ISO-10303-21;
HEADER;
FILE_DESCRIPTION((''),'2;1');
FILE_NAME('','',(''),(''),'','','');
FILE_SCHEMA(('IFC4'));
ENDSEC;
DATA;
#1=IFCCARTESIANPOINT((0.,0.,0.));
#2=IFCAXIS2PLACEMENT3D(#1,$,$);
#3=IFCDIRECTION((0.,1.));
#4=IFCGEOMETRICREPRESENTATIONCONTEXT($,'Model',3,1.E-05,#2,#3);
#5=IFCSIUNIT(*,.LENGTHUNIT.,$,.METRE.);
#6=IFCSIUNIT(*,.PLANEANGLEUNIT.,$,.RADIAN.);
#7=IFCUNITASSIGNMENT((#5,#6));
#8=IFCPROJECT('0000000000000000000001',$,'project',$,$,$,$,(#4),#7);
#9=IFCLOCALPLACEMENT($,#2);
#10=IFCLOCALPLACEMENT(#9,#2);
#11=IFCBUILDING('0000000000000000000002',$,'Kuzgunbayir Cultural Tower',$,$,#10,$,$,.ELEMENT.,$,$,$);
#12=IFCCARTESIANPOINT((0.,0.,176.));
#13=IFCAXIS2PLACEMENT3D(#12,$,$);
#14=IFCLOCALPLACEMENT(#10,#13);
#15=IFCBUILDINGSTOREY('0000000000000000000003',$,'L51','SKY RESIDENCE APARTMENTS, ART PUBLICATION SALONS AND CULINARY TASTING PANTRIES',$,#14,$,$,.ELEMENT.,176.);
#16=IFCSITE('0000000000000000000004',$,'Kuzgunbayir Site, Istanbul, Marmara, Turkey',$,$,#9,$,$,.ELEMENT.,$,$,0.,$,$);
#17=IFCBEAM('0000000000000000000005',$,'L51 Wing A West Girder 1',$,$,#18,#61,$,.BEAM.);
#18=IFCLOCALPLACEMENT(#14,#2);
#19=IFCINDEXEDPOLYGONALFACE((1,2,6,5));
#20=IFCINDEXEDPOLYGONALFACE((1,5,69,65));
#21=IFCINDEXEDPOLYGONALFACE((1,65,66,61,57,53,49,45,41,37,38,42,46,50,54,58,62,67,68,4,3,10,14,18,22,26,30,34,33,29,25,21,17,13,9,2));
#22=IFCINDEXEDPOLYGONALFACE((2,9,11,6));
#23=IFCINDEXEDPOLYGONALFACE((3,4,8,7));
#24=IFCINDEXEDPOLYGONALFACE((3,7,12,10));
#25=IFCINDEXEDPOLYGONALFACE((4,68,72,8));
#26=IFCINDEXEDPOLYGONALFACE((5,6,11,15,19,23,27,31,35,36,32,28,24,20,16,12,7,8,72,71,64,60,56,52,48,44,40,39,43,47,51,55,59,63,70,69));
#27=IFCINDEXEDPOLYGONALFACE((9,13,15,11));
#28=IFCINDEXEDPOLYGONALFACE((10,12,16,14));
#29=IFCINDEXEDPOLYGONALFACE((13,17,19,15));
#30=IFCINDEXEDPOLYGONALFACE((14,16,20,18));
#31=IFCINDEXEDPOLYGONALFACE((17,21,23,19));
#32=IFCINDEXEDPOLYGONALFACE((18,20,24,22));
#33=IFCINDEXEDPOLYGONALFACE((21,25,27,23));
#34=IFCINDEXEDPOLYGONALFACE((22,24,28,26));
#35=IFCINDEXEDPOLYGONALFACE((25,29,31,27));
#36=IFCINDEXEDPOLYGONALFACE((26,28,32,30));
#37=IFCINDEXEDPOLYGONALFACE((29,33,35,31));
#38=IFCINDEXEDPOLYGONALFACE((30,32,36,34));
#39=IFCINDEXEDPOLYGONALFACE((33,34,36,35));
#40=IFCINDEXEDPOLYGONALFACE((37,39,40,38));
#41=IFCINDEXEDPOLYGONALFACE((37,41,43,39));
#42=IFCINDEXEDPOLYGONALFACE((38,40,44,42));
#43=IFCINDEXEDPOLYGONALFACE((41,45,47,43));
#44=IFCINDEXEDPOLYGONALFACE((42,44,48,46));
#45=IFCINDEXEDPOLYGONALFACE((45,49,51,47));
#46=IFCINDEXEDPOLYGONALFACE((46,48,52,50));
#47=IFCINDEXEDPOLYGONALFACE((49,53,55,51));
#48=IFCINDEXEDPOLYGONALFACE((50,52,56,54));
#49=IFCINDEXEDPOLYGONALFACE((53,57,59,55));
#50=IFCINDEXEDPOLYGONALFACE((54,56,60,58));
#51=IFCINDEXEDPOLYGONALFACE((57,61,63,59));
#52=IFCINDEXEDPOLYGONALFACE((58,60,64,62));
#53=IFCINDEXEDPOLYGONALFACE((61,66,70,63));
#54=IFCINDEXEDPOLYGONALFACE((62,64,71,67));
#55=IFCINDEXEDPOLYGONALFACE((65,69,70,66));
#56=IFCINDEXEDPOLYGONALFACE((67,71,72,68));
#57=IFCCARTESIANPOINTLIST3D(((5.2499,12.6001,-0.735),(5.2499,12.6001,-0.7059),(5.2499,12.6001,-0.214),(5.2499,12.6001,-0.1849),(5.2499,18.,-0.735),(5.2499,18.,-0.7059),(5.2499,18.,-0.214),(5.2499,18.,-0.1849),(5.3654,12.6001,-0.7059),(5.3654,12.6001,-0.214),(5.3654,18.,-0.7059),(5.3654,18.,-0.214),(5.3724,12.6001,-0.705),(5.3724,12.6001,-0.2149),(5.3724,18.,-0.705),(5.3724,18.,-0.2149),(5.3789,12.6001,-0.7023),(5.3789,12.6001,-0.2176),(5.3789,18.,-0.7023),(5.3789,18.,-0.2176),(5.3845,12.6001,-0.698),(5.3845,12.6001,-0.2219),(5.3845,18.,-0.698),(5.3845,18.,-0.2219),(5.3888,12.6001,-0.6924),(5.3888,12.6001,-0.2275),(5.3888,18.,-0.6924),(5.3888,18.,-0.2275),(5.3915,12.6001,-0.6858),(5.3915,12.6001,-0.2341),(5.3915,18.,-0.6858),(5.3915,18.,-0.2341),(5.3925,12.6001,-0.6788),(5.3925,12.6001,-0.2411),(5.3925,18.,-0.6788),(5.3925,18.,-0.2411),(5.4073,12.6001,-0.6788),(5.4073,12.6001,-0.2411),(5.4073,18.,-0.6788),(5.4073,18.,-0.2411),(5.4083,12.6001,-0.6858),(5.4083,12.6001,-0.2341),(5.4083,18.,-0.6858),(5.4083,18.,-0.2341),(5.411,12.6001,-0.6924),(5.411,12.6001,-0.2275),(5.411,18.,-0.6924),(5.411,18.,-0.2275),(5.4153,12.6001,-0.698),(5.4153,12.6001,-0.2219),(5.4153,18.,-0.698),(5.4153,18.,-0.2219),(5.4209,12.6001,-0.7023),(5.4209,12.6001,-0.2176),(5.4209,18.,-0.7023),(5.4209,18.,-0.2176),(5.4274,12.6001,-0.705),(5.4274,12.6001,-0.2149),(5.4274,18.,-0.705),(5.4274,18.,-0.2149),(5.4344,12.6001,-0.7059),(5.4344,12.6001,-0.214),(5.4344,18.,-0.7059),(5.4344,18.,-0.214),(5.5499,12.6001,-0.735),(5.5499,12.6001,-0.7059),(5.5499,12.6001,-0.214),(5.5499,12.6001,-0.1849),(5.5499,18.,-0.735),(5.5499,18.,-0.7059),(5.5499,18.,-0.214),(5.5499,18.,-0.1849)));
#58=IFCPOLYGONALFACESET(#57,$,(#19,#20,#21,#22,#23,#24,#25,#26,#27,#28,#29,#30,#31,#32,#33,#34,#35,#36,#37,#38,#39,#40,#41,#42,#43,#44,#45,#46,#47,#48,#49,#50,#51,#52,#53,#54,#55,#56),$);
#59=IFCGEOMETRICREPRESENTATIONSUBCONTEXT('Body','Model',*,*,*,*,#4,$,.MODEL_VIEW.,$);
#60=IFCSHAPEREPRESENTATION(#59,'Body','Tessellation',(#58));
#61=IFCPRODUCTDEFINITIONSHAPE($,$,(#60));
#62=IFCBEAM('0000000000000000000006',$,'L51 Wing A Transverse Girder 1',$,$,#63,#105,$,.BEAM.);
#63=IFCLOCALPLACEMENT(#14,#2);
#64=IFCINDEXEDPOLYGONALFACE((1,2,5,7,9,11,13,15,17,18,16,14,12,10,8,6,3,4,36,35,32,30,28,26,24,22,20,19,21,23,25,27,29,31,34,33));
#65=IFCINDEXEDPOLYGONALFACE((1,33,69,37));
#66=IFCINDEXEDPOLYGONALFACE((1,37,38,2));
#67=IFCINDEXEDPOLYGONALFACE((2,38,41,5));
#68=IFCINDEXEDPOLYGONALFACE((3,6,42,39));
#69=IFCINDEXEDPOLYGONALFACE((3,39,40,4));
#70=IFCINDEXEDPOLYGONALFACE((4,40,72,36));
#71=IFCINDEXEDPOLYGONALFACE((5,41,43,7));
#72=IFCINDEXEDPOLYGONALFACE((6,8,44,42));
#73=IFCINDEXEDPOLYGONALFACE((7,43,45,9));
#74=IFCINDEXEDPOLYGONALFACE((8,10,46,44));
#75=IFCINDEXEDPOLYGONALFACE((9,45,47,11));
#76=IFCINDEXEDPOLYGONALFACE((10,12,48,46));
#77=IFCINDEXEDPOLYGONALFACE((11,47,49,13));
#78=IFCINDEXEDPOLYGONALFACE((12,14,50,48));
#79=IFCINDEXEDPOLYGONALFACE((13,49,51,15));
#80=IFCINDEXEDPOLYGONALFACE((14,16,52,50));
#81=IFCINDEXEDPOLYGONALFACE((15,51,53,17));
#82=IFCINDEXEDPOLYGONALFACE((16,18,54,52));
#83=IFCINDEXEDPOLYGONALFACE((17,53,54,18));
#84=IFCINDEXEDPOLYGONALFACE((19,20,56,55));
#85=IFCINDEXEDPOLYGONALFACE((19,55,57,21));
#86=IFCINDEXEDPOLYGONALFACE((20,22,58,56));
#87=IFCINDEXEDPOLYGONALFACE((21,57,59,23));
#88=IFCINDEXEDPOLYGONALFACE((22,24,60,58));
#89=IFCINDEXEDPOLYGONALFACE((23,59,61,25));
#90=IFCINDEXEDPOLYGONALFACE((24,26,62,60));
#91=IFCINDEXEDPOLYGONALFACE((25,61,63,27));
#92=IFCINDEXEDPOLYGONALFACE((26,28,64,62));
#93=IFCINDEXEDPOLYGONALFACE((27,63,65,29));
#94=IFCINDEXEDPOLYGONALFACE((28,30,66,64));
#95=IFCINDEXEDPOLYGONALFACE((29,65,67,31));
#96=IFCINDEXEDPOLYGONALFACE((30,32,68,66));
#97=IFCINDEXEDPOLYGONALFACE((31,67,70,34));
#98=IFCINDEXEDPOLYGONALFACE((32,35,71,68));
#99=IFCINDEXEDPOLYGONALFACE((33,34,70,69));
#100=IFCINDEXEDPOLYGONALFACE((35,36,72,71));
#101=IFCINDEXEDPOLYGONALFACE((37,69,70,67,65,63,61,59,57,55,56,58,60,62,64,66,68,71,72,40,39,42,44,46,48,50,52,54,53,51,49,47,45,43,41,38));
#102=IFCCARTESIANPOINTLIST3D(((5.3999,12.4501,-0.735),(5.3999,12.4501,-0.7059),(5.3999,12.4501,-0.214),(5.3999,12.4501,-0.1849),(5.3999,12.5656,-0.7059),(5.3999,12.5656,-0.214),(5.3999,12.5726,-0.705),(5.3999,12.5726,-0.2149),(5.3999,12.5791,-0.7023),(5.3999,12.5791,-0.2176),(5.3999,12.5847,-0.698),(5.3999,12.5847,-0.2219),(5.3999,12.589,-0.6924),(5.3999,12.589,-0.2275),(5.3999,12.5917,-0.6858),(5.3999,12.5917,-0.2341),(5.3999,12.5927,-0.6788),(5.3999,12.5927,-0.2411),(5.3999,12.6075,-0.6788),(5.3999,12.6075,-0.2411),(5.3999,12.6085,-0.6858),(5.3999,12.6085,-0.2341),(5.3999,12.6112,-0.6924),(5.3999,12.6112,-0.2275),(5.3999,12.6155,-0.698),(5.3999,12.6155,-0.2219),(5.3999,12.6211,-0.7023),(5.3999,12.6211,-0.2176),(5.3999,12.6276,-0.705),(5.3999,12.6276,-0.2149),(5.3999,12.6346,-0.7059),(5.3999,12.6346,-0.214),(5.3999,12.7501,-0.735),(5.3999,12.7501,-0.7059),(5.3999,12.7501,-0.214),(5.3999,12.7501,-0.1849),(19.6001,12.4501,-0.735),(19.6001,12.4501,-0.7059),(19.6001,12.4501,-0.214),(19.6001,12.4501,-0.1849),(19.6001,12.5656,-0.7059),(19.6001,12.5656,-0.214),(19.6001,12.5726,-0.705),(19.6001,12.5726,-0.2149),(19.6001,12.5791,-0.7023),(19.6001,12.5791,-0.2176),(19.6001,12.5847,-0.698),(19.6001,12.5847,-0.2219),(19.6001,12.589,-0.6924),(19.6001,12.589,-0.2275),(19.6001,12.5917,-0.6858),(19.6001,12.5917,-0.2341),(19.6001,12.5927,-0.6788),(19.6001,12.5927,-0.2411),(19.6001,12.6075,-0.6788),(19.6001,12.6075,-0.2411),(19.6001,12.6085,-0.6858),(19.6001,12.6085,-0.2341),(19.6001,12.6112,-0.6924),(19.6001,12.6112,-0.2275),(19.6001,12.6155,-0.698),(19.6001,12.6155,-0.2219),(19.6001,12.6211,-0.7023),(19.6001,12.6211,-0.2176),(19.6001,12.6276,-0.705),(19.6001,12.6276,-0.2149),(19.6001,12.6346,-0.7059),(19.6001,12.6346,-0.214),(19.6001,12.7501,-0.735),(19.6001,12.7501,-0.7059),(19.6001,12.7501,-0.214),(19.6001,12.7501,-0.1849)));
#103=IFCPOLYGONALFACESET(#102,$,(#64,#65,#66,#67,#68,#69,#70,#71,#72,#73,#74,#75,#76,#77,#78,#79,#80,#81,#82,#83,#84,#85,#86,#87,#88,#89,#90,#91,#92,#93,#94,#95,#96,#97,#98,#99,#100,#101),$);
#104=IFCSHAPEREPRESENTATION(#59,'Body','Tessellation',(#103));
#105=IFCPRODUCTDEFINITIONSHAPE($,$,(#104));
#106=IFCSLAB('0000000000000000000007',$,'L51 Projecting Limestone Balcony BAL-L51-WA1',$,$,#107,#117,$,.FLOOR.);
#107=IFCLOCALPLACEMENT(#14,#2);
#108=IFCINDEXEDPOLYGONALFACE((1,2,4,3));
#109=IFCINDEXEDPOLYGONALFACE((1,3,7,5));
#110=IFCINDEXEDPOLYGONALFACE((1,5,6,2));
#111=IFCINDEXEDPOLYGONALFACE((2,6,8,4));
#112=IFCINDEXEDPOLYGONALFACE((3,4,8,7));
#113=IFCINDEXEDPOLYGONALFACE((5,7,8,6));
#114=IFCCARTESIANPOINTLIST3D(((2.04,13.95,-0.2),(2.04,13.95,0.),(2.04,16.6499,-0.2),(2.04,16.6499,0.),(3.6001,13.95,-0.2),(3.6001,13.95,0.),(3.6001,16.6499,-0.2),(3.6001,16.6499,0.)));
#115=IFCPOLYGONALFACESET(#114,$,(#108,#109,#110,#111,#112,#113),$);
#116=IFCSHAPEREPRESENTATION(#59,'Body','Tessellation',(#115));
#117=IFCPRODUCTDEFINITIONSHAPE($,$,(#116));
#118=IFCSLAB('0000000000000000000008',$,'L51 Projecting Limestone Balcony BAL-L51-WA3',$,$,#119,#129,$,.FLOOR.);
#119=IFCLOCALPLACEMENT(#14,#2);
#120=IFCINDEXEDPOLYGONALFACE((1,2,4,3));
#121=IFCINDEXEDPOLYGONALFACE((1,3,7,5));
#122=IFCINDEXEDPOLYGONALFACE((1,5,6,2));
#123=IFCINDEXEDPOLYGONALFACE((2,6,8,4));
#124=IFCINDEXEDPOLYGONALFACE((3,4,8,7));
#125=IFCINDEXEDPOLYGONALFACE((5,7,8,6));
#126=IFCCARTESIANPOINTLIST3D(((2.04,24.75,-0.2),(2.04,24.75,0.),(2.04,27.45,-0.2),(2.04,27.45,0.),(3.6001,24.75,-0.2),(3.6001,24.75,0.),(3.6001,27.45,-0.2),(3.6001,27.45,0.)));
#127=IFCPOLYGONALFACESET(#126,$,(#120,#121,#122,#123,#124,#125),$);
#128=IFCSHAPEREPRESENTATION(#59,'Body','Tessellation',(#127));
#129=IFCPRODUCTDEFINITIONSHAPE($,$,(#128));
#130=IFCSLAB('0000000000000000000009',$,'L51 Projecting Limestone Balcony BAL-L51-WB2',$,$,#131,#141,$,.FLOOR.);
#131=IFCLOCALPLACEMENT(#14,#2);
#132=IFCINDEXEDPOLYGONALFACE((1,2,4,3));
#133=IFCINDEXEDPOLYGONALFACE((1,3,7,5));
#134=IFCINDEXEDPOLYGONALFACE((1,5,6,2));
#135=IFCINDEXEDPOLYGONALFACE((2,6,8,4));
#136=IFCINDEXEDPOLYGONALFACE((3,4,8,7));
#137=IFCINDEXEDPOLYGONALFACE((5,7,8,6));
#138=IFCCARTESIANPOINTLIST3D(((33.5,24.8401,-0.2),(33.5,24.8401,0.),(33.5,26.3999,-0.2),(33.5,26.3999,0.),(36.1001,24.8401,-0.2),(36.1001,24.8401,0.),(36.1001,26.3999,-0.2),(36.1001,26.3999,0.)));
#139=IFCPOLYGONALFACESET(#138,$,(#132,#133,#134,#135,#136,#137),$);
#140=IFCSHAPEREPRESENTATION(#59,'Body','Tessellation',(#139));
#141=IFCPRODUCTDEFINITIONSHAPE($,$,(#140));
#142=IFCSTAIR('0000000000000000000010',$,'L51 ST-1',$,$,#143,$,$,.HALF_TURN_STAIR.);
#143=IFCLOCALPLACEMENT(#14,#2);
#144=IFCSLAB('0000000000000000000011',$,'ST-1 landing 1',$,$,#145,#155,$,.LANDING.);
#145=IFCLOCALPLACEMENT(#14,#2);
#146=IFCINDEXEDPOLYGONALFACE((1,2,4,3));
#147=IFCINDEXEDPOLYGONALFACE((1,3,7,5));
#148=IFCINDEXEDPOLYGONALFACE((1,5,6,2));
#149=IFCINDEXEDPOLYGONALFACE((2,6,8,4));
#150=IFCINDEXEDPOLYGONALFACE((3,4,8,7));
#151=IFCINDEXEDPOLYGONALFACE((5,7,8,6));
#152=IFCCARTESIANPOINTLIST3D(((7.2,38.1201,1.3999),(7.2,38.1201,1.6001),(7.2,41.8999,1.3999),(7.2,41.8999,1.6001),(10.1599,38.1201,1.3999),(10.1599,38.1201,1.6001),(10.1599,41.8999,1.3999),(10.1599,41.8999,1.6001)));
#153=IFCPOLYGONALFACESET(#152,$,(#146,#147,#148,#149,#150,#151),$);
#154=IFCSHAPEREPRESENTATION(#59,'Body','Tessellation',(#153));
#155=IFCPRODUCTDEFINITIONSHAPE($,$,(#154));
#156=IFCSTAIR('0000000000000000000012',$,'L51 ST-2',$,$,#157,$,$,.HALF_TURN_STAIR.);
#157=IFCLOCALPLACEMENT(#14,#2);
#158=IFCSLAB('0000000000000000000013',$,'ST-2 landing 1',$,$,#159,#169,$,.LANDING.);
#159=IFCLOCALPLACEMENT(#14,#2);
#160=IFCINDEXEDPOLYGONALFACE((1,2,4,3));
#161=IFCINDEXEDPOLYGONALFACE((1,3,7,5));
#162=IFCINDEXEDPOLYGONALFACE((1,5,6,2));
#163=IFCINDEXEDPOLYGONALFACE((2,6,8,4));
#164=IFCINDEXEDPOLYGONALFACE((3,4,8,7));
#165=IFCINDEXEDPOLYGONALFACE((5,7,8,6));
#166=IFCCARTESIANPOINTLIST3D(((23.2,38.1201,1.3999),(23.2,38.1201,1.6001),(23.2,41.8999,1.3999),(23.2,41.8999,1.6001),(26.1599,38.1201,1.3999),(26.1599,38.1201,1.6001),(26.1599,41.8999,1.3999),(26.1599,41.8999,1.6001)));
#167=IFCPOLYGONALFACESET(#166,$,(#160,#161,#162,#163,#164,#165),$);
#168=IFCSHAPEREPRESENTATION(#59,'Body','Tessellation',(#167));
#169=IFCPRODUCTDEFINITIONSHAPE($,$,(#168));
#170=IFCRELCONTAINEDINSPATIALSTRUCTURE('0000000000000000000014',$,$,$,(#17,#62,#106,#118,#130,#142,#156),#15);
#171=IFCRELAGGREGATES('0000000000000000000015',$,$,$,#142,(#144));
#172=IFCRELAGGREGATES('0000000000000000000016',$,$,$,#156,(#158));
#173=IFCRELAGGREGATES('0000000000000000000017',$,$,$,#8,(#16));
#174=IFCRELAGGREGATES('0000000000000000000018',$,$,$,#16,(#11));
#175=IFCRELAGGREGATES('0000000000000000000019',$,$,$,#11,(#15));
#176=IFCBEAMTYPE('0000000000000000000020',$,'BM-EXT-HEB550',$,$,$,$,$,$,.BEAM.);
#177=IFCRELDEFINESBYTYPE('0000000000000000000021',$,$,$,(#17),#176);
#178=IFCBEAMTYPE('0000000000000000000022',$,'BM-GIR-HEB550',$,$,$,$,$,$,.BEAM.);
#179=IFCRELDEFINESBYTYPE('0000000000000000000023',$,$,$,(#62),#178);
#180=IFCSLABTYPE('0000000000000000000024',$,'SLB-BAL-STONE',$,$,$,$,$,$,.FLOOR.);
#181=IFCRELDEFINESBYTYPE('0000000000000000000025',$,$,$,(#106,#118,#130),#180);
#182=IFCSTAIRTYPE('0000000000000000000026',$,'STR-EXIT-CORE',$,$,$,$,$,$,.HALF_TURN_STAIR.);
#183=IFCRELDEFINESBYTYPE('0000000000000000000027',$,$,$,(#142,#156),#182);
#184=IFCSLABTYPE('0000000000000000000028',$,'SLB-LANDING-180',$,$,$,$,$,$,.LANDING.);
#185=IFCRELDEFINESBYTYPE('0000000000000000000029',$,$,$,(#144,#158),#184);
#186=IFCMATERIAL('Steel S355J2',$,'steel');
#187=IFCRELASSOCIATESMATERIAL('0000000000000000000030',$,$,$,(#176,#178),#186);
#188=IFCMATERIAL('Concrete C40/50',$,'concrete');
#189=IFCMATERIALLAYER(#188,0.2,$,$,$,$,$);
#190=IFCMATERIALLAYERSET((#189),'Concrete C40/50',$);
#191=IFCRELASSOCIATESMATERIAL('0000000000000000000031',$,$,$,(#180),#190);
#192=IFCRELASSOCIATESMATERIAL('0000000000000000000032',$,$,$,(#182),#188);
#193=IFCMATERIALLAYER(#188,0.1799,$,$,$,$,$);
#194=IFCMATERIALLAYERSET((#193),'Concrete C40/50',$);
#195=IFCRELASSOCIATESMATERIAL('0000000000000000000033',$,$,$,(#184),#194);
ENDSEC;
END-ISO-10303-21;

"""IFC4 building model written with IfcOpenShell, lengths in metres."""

from ifc_helpers import new_model, si_unit, direction, frame, origin, origin_2d, place, context, subcontext, project, spatial, polyline, i_section, outline, extrude, material, layer, layer_set, material_profile, profile_set, type_object, element, aggregate, save


model = new_model("IFC4")

# Units and contexts
model_context = context("Model", 3, precision=1e-05, world=origin(), true_north=direction((0.0, 1.0)))
body_context = subcontext(model_context, "Body", "Model", "MODEL_VIEW")
ifc_project = project(units=[si_unit("LENGTHUNIT", "METRE"), si_unit("PLANEANGLEUNIT", "RADIAN")], contexts=[model_context])

# Site, building, storey
site_placement = place(None, origin())
site = spatial("IfcSite", under=ifc_project, at=site_placement, Name="Kuzgunbayir Site, Istanbul, Marmara, Turkey", CompositionType="ELEMENT", RefElevation=0.0)
building_placement = place(site_placement, origin())
building = spatial("IfcBuilding", under=site, at=building_placement, Name="Kuzgunbayir Cultural Tower", CompositionType="ELEMENT")
storey_placement = place(building_placement, frame((0.0, 0.0, 176.0)))
storey = spatial("IfcBuildingStorey", under=building, at=storey_placement, Name="L51", Description="SKY RESIDENCE APARTMENTS, ART PUBLICATION SALONS AND CULINARY TASTING PANTRIES", CompositionType="ELEMENT", Elevation=176.0)

# Beams
ifc_material_1 = material(Name="Steel S355J2", Category="steel")
ifc_material_profile_1 = material_profile(ifc_material_1, i_section(OverallWidth=0.3, OverallDepth=0.55, WebThickness=0.0149, FlangeThickness=0.0291, FilletRadius=0.0271, at=origin_2d()), Name="HEB 550")
ifc_profile_set_1 = profile_set([ifc_material_profile_1], Name="Steel S355J2")
beam_type_1 = type_object("IfcBeamType", Name="BM-EXT-HEB550", PredefinedType="BEAM", material=ifc_profile_set_1)
beam_1_placement = place(storey_placement, frame((5.3999, 12.6001, -0.46), z_axis=(0.0, 1.0, 0.0), x_axis=(-1.0, 0.0, 0.0)))
element("IfcBeam", 1, at=beam_1_placement, inside=storey, type_object=beam_type_1, Name="L51 Wing A West Girder 1", PredefinedType="BEAM", context=body_context, shape_type="SweptSolid", body=[
    extrude(i_section(OverallWidth=0.3, OverallDepth=0.55, WebThickness=0.0149, FlangeThickness=0.0291, FilletRadius=0.0271, at=origin_2d()), origin(), (0.0, 0.0, 1.0), 5.3999),
])
ifc_material_profile_2 = material_profile(ifc_material_1, i_section(OverallWidth=0.3, OverallDepth=0.55, WebThickness=0.0149, FlangeThickness=0.0291, FilletRadius=0.0271, at=origin_2d()), Name="HEB 550")
ifc_profile_set_2 = profile_set([ifc_material_profile_2], Name="Steel S355J2")
beam_type_2 = type_object("IfcBeamType", Name="BM-GIR-HEB550", PredefinedType="BEAM", material=ifc_profile_set_2)
beam_2_placement = place(storey_placement, frame((5.3999, 12.6001, -0.46), z_axis=(1.0, 0.0, 0.0), x_axis=(0.0, 1.0, 0.0)))
element("IfcBeam", 2, at=beam_2_placement, inside=storey, type_object=beam_type_2, Name="L51 Wing A Transverse Girder 1", PredefinedType="BEAM", context=body_context, shape_type="SweptSolid", body=[
    extrude(i_section(OverallWidth=0.3, OverallDepth=0.55, WebThickness=0.0149, FlangeThickness=0.0291, FilletRadius=0.0271, at=origin_2d()), origin(), (0.0, 0.0, 1.0), 14.2002),
])

# Slabs
ifc_material_2 = material(Name="Concrete C40/50", Category="concrete")
ifc_layer_1 = layer(ifc_material_2, 0.2)
ifc_layer_set_1 = layer_set([ifc_layer_1], Name="Concrete C40/50")
slab_type_1 = type_object("IfcSlabType", Name="SLB-BAL-STONE", PredefinedType="FLOOR", material=ifc_layer_set_1)
slab_1_placement = place(storey_placement, frame((0.0, 0.0, -0.2)))
element("IfcSlab", 3, at=slab_1_placement, inside=storey, type_object=slab_type_1, Name="L51 Projecting Limestone Balcony BAL-L51-WA1", PredefinedType="FLOOR", context=body_context, shape_type="SweptSolid", body=[
    extrude(outline(polyline([(2.04, 13.95), (3.6001, 13.95), (3.6001, 16.6499), (2.04, 16.6499), (2.04, 13.95)])), origin(), (0.0, 0.0, 1.0), 0.2),
])
slab_2_placement = place(storey_placement, frame((0.0, 0.0, -0.2)))
element("IfcSlab", 4, at=slab_2_placement, inside=storey, type_object=slab_type_1, Name="L51 Projecting Limestone Balcony BAL-L51-WA3", PredefinedType="FLOOR", context=body_context, shape_type="SweptSolid", body=[
    extrude(outline(polyline([(2.04, 24.75), (3.6001, 24.75), (3.6001, 27.45), (2.04, 27.45), (2.04, 24.75)])), origin(), (0.0, 0.0, 1.0), 0.2),
])
slab_3_placement = place(storey_placement, frame((0.0, 0.0, -0.2)))
element("IfcSlab", 5, at=slab_3_placement, inside=storey, type_object=slab_type_1, Name="L51 Projecting Limestone Balcony BAL-L51-WB2", PredefinedType="FLOOR", context=body_context, shape_type="SweptSolid", body=[
    extrude(outline(polyline([(33.5, 24.8401), (36.1001, 24.8401), (36.1001, 26.3999), (33.5, 26.3999), (33.5, 24.8401)])), origin(), (0.0, 0.0, 1.0), 0.2),
])

# Stairs, slabs
stair_type = type_object("IfcStairType", Name="STR-EXIT-CORE", PredefinedType="HALF_TURN_STAIR", material=ifc_material_2)
stair_1_placement = place(storey_placement, origin())
stair_1 = element("IfcStair", 6, at=stair_1_placement, inside=storey, type_object=stair_type, Name="L51 ST-1", PredefinedType="HALF_TURN_STAIR")
ifc_layer_2 = layer(ifc_material_2, 0.1799)
ifc_layer_set_2 = layer_set([ifc_layer_2], Name="Concrete C40/50")
slab_type_2 = type_object("IfcSlabType", Name="SLB-LANDING-180", PredefinedType="LANDING", material=ifc_layer_set_2)
slab_4_placement = place(storey_placement, frame((0.0, 0.0, 1.3999)))
slab_4 = element("IfcSlab", 7, at=slab_4_placement, type_object=slab_type_2, Name="ST-1 landing 1", PredefinedType="LANDING", context=body_context, shape_type="SweptSolid", body=[
    extrude(outline(polyline([(10.1599, 38.1201), (10.1599, 41.8999), (7.2, 41.8999), (7.2, 38.1201), (10.1599, 38.1201)])), origin(), (0.0, 0.0, 1.0), 0.2002),
])
aggregate(stair_1, [slab_4])
stair_2_placement = place(storey_placement, origin())
stair_2 = element("IfcStair", 8, at=stair_2_placement, inside=storey, type_object=stair_type, Name="L51 ST-2", PredefinedType="HALF_TURN_STAIR")
slab_5_placement = place(storey_placement, frame((0.0, 0.0, 1.3999)))
slab_5 = element("IfcSlab", 9, at=slab_5_placement, type_object=slab_type_2, Name="ST-2 landing 1", PredefinedType="LANDING", context=body_context, shape_type="SweptSolid", body=[
    extrude(outline(polyline([(26.1599, 38.1201), (26.1599, 41.8999), (23.2, 41.8999), (23.2, 38.1201), (26.1599, 38.1201)])), origin(), (0.0, 0.0, 1.0), 0.2002),
])
aggregate(stair_2, [slab_5])

save(model, "model.ifc")
